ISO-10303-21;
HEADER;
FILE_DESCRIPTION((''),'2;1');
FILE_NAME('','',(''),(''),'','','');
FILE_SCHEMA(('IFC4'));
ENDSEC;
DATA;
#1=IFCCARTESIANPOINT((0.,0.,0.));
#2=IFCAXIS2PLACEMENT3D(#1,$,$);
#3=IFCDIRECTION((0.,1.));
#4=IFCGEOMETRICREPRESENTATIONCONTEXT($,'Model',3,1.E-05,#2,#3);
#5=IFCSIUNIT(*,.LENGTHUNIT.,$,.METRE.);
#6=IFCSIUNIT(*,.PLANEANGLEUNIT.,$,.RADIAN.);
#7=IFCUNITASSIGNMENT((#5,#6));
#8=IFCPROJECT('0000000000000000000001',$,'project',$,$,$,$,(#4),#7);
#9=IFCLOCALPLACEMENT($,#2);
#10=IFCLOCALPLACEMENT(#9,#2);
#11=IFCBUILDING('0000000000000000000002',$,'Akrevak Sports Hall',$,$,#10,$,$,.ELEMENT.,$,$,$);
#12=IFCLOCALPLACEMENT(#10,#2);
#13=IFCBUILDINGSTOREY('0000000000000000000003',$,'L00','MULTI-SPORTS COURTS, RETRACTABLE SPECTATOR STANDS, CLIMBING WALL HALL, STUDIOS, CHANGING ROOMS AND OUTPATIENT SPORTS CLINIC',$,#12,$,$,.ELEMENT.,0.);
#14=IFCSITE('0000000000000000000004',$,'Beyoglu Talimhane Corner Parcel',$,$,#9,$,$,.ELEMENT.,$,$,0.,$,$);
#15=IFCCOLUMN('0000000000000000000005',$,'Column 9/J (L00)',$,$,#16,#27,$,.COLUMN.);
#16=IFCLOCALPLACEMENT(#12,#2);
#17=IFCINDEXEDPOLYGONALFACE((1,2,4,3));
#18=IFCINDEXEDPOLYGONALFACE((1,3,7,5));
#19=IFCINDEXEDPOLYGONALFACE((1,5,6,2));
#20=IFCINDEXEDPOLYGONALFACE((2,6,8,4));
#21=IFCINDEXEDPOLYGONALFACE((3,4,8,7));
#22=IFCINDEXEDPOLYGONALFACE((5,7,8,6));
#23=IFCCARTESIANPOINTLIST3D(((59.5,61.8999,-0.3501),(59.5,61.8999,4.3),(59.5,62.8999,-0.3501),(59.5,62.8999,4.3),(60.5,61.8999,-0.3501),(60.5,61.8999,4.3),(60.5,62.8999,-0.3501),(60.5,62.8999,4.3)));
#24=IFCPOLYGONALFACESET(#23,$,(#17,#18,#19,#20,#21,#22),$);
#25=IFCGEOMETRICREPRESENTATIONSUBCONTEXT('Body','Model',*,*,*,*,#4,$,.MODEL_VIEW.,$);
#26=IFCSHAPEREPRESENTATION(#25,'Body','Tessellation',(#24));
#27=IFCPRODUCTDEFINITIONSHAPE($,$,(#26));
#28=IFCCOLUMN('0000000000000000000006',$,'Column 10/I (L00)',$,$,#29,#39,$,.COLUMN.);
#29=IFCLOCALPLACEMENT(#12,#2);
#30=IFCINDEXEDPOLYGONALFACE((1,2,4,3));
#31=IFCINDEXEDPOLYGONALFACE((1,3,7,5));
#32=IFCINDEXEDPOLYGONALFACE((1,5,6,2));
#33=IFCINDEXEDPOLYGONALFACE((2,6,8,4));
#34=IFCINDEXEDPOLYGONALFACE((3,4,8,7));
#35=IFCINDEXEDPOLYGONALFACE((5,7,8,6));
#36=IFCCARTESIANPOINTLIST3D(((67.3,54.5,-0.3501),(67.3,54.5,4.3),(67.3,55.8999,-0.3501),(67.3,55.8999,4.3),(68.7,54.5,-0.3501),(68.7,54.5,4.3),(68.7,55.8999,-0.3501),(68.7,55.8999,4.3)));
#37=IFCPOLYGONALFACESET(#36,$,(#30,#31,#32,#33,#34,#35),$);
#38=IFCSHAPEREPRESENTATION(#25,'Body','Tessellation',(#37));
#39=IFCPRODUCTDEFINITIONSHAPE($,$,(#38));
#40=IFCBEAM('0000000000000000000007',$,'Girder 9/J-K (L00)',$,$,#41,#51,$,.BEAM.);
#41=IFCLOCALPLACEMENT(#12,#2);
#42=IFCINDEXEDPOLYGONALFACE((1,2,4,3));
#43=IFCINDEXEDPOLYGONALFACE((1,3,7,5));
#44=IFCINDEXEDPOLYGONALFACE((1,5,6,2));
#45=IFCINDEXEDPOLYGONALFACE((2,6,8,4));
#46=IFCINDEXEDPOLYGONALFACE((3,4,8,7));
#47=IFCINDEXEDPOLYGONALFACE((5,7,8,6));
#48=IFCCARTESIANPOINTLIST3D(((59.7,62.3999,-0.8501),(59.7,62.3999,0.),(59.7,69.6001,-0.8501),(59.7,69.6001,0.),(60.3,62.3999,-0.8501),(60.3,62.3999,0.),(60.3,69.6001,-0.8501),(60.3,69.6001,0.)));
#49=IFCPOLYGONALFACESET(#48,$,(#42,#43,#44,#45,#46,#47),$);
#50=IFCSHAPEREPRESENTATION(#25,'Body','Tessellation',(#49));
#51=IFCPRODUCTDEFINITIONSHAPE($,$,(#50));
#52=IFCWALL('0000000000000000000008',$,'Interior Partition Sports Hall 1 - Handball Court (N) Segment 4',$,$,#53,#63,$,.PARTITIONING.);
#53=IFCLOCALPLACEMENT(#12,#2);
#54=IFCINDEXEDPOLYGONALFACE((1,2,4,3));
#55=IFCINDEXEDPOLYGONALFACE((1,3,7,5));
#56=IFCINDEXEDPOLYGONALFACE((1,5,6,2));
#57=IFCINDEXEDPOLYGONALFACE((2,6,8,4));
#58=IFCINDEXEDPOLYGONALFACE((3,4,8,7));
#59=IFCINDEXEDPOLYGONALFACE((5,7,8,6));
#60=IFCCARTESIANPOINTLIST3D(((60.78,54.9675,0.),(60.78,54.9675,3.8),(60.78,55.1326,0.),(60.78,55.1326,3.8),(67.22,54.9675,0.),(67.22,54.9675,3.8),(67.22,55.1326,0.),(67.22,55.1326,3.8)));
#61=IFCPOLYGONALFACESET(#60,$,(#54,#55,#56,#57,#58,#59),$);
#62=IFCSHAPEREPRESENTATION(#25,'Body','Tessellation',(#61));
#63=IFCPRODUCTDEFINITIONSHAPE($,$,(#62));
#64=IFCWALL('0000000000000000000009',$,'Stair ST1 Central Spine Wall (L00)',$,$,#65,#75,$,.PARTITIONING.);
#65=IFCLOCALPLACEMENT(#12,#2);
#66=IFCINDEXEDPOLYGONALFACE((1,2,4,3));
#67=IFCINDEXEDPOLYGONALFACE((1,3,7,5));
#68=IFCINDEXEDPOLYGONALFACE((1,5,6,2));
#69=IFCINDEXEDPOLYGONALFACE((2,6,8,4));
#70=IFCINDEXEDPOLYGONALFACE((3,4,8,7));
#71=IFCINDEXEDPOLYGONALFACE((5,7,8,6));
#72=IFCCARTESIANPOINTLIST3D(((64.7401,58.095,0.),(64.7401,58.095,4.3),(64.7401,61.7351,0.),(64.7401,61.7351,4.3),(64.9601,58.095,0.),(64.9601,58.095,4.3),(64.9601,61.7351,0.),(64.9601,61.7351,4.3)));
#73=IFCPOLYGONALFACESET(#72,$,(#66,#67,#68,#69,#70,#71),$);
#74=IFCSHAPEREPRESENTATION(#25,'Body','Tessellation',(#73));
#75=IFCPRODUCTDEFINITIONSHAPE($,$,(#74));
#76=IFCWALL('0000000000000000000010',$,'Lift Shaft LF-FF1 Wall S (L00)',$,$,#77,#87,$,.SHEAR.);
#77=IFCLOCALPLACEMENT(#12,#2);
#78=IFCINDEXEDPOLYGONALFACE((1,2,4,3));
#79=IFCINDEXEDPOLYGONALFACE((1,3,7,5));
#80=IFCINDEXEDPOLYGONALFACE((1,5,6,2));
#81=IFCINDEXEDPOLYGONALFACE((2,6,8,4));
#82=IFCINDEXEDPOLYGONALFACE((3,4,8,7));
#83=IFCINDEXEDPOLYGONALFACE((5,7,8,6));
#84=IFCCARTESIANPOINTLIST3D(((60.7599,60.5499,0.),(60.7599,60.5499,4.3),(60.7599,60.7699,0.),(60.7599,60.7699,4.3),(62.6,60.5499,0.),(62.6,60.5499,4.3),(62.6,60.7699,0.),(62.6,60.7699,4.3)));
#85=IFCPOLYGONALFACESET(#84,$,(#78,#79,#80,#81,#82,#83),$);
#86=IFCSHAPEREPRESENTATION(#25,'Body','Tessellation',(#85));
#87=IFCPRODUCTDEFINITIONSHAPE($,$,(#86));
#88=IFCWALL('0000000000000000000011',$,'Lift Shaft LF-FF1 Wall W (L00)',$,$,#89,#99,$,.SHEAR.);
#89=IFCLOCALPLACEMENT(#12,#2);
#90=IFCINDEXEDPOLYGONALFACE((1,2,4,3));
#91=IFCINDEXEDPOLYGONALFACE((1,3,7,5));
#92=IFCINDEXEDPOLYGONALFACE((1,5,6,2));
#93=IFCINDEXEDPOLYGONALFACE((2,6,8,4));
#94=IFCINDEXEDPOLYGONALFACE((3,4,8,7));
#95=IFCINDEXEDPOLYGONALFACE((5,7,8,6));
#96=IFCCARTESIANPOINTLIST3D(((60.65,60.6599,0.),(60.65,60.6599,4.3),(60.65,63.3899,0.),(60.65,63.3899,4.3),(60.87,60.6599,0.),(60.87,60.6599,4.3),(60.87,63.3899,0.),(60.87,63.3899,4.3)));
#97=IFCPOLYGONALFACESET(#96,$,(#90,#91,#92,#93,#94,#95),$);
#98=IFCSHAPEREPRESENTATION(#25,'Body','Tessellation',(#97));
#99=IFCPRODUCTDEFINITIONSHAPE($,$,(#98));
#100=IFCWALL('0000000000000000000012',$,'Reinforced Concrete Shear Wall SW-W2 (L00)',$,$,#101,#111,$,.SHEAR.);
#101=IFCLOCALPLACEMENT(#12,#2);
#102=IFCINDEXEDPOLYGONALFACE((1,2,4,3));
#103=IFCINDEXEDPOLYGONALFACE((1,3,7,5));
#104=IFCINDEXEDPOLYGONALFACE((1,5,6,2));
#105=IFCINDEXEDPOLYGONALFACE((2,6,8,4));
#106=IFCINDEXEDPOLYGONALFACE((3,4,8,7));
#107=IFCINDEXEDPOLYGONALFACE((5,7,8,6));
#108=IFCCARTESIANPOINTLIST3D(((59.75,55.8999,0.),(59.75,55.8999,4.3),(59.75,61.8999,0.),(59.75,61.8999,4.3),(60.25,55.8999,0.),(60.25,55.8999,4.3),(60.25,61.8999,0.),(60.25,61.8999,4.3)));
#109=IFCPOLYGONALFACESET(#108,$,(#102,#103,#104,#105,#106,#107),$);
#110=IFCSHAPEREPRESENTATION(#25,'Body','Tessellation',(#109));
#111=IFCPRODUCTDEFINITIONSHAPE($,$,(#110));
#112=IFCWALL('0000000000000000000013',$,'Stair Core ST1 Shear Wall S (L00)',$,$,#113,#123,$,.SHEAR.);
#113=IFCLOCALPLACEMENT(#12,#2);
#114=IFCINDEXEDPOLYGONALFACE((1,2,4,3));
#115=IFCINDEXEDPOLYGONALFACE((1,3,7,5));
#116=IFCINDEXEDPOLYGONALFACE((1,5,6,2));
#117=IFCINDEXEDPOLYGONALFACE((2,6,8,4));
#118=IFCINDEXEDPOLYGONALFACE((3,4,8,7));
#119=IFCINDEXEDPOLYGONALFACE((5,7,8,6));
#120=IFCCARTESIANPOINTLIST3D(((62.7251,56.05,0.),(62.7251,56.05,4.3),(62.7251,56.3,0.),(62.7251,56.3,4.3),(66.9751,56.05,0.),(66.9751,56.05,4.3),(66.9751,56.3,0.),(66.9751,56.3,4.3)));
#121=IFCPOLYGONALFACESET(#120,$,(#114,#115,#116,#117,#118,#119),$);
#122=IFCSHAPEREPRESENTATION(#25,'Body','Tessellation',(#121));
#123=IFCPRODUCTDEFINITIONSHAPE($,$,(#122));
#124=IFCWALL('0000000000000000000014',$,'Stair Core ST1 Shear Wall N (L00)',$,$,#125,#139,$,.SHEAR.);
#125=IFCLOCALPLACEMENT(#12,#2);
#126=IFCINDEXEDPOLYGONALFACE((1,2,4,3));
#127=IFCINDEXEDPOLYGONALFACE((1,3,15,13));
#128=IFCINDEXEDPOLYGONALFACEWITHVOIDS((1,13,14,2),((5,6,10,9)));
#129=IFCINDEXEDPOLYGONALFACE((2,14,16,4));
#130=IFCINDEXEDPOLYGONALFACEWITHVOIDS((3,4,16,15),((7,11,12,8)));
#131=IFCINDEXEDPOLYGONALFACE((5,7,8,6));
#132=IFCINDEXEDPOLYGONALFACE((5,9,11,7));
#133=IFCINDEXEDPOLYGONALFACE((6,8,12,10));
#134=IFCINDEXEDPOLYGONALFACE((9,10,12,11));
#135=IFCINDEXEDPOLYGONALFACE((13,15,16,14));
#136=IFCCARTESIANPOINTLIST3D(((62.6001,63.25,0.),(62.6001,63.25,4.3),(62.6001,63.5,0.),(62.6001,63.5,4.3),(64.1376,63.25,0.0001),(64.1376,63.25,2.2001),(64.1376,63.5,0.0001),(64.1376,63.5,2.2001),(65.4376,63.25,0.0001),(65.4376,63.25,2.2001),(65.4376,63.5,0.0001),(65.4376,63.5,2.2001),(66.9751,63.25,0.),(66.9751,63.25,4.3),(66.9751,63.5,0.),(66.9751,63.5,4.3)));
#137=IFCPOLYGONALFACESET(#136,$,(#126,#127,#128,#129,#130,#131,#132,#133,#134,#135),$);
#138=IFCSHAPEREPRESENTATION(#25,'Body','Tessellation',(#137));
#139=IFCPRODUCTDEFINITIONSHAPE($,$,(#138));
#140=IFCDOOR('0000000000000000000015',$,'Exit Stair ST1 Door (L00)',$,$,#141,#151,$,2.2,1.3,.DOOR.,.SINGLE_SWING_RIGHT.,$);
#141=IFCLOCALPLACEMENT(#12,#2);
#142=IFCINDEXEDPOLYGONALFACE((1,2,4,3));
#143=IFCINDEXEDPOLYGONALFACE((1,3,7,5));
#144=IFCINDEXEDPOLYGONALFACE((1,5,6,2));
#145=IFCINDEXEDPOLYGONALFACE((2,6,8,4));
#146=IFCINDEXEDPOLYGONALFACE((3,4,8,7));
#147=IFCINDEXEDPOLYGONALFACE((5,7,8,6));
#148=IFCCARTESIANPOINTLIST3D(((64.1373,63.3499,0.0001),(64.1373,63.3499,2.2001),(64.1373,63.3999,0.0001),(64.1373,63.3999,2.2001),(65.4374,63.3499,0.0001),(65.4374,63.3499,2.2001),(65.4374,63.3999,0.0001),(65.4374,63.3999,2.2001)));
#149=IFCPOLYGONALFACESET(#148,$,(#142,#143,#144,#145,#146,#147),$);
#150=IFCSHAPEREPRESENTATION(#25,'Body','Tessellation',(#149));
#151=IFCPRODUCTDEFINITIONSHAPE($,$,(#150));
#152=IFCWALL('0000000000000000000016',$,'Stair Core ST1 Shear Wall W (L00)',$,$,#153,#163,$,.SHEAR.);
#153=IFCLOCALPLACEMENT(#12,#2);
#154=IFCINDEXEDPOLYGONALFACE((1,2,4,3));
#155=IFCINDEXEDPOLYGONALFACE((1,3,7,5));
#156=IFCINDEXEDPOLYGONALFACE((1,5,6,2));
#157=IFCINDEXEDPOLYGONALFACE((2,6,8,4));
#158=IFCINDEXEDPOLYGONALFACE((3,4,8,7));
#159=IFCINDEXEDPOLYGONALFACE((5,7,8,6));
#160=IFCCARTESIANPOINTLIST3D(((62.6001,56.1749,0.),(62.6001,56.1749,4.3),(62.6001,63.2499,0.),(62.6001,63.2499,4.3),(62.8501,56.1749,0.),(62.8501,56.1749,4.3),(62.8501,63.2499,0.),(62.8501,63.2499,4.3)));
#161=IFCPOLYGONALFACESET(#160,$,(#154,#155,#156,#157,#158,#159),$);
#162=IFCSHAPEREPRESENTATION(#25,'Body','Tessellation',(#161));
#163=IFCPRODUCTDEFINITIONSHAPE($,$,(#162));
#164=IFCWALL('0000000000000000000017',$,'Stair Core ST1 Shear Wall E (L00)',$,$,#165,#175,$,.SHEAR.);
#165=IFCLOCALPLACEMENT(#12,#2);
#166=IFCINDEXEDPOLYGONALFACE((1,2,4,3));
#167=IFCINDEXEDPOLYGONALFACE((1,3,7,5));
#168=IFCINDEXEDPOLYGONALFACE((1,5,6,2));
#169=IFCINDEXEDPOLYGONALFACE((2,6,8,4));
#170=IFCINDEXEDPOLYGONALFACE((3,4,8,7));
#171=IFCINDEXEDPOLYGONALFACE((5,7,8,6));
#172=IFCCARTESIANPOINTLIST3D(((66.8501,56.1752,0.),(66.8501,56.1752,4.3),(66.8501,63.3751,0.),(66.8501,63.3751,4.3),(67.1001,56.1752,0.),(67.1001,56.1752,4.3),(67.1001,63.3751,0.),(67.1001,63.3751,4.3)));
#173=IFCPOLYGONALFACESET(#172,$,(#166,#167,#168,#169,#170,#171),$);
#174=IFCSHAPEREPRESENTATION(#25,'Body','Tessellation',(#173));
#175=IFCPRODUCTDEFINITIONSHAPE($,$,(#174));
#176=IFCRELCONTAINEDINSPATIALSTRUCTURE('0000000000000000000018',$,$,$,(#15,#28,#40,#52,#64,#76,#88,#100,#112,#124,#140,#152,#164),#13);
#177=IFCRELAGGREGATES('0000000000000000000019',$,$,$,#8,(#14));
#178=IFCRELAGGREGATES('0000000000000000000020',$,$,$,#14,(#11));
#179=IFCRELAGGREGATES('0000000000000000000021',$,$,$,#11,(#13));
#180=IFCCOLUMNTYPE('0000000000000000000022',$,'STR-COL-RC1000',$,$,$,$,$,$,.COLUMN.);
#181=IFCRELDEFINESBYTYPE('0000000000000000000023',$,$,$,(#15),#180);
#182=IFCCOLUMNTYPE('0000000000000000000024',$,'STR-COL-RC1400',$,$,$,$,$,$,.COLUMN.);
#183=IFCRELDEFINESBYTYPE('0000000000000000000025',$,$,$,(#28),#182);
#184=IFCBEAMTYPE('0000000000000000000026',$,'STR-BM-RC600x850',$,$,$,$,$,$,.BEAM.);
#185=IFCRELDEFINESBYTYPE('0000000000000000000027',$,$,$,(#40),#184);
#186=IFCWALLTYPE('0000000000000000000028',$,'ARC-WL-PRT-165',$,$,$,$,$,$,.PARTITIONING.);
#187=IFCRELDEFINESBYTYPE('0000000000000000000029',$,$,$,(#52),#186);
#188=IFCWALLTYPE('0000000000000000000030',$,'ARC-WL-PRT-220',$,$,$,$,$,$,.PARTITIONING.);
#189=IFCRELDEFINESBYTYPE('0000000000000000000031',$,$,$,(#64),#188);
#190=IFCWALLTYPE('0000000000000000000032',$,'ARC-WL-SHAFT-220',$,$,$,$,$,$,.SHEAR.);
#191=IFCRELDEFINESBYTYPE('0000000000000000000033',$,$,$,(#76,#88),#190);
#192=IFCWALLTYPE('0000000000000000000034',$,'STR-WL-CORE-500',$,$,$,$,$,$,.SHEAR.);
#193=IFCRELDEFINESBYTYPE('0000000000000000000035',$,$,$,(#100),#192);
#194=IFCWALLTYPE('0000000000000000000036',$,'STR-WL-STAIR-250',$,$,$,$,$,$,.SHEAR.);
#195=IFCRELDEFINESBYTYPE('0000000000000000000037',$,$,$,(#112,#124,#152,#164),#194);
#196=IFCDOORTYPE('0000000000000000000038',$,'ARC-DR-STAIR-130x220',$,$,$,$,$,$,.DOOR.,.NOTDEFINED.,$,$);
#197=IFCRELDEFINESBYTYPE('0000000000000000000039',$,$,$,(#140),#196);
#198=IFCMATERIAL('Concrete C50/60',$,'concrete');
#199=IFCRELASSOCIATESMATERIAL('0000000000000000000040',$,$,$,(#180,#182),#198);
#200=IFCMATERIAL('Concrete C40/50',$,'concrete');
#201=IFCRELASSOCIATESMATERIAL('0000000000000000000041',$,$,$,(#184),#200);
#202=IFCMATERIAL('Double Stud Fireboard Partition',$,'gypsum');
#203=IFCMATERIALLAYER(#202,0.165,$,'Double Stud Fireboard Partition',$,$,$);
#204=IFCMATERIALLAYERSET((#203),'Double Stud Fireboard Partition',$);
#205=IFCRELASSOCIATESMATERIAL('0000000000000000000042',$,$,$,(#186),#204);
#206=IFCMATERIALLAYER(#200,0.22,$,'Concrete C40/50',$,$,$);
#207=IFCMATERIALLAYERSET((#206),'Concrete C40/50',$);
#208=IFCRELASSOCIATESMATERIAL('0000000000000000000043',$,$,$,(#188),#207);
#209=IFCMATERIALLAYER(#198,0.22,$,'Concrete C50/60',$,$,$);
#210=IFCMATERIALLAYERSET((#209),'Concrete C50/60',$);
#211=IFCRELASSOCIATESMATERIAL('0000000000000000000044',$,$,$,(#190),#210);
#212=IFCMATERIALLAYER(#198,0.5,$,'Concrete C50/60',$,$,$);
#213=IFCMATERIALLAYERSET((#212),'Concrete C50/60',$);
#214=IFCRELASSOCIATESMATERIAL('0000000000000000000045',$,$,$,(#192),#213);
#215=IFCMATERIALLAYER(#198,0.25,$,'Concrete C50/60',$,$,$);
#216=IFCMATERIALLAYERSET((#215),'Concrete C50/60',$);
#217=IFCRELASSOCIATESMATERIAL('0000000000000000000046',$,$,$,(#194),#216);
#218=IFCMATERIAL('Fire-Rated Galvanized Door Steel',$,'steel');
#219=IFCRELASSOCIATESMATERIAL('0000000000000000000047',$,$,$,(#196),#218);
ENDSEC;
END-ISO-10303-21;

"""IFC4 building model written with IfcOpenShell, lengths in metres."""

from ifc_helpers import new_model, si_unit, direction, frame, frame_2d, origin, origin_2d, place, context, subcontext, project, spatial, rectangle, extrude, material, layer, layer_set, material_profile, profile_set, type_object, element, fill, save


model = new_model("IFC4")

# Units and contexts
model_context = context("Model", 3, precision=1e-05, world=origin(), true_north=direction((0.0, 1.0)))
body_context = subcontext(model_context, "Body", "Model", "MODEL_VIEW")
ifc_project = project(units=[si_unit("LENGTHUNIT", "METRE"), si_unit("PLANEANGLEUNIT", "RADIAN")], contexts=[model_context])

# Site, building, storey
site_placement = place(None, origin())
site = spatial("IfcSite", under=ifc_project, at=site_placement, Name="Beyoglu Talimhane Corner Parcel", CompositionType="ELEMENT", RefElevation=0.0)
building_placement = place(site_placement, origin())
building = spatial("IfcBuilding", under=site, at=building_placement, Name="Akrevak Sports Hall", CompositionType="ELEMENT")
storey_placement = place(building_placement, origin())
storey = spatial("IfcBuildingStorey", under=building, at=storey_placement, Name="L00", Description="MULTI-SPORTS COURTS, RETRACTABLE SPECTATOR STANDS, CLIMBING WALL HALL, STUDIOS, CHANGING ROOMS AND OUTPATIENT SPORTS CLINIC", CompositionType="ELEMENT", Elevation=0.0)

# Columns
ifc_material_1 = material(Name="Concrete C50/60", Category="concrete")
ifc_material_profile_1 = material_profile(ifc_material_1, rectangle(XDim=1.0, YDim=1.0, at=origin_2d()), Name="RC 1000x1000", Category="concrete")
ifc_profile_set_1 = profile_set([ifc_material_profile_1], Name="Concrete C50/60")
column_type_1 = type_object("IfcColumnType", Name="STR-COL-RC1000", PredefinedType="COLUMN", material=ifc_profile_set_1)
column_1_placement = place(storey_placement, frame((60.0, 62.3999, -0.3501), z_axis=(0.0, 0.0, 1.0), x_axis=(1.0, 0.0, 0.0)))
element("IfcColumn", 1, at=column_1_placement, inside=storey, type_object=column_type_1, Name="Column 9/J (L00)", PredefinedType="COLUMN", context=body_context, shape_type="SweptSolid", body=[
    extrude(rectangle(XDim=1.0, YDim=1.0, at=origin_2d()), origin(), (0.0, 0.0, 1.0), 4.6501),
])
ifc_material_profile_2 = material_profile(ifc_material_1, rectangle(XDim=1.3999, YDim=1.3999, at=origin_2d()), Name="RC 1400x1400", Category="concrete")
ifc_profile_set_2 = profile_set([ifc_material_profile_2], Name="Concrete C50/60")
column_type_2 = type_object("IfcColumnType", Name="STR-COL-RC1400", PredefinedType="COLUMN", material=ifc_profile_set_2)
column_2_placement = place(storey_placement, frame((68.0, 55.2, -0.3501), z_axis=(0.0, 0.0, 1.0), x_axis=(1.0, 0.0, 0.0)))
element("IfcColumn", 2, at=column_2_placement, inside=storey, type_object=column_type_2, Name="Column 10/I (L00)", PredefinedType="COLUMN", context=body_context, shape_type="SweptSolid", body=[
    extrude(rectangle(XDim=1.3999, YDim=1.3999, at=origin_2d()), origin(), (0.0, 0.0, 1.0), 4.6501),
])

# Beam
ifc_material_2 = material(Name="Concrete C40/50", Category="concrete")
ifc_material_profile_3 = material_profile(ifc_material_2, rectangle(XDim=0.6001, YDim=0.8501, at=origin_2d()), Name="BM 600x850", Category="concrete")
ifc_profile_set_3 = profile_set([ifc_material_profile_3], Name="Concrete C40/50")
beam_type = type_object("IfcBeamType", Name="STR-BM-RC600x850", PredefinedType="BEAM", material=ifc_profile_set_3)
beam_placement = place(storey_placement, frame((60.0, 62.3999, -0.425), z_axis=(0.0, 1.0, 0.0), x_axis=(-1.0, 0.0, 0.0)))
element("IfcBeam", 3, at=beam_placement, inside=storey, type_object=beam_type, Name="Girder 9/J-K (L00)", PredefinedType="BEAM", context=body_context, shape_type="SweptSolid", body=[
    extrude(rectangle(XDim=0.6001, YDim=0.8501, at=origin_2d()), origin(), (0.0, 0.0, 1.0), 7.2002),
])

# Walls
ifc_material_3 = material(Name="Double Stud Fireboard Partition", Category="gypsum")
ifc_layer_1 = layer(ifc_material_3, 0.165, Name="Double Stud Fireboard Partition")
ifc_layer_set_1 = layer_set([ifc_layer_1], Name="Double Stud Fireboard Partition")
wall_type_1 = type_object("IfcWallType", Name="ARC-WL-PRT-165", PredefinedType="PARTITIONING", material=ifc_layer_set_1)
wall_1_placement = place(storey_placement, frame((60.78, 55.05, 0.0), z_axis=(0.0, 0.0, 1.0), x_axis=(1.0, 0.0, 0.0)))
element("IfcWall", 4, at=wall_1_placement, inside=storey, type_object=wall_type_1, Name="Interior Partition Sports Hall 1 - Handball Court (N) Segment 4", PredefinedType="PARTITIONING", context=body_context, shape_type="SweptSolid", body=[
    extrude(rectangle(XDim=6.4399, YDim=0.165, at=frame_2d((3.22, 0.0))), origin(), (0.0, 0.0, 1.0), 3.8),
])
ifc_layer_2 = layer(ifc_material_2, 0.22, Name="Concrete C40/50")
ifc_layer_set_2 = layer_set([ifc_layer_2], Name="Concrete C40/50")
wall_type_2 = type_object("IfcWallType", Name="ARC-WL-PRT-220", PredefinedType="PARTITIONING", material=ifc_layer_set_2)
wall_2_placement = place(storey_placement, frame((64.8501, 58.095, 0.0), z_axis=(0.0, 0.0, 1.0), x_axis=(0.0, 1.0, 0.0)))
element("IfcWall", 5, at=wall_2_placement, inside=storey, type_object=wall_type_2, Name="Stair ST1 Central Spine Wall (L00)", PredefinedType="PARTITIONING", context=body_context, shape_type="SweptSolid", body=[
    extrude(rectangle(XDim=3.6401, YDim=0.22, at=frame_2d((1.8201, 0.0))), origin(), (0.0, 0.0, 1.0), 4.3),
])
ifc_layer_3 = layer(ifc_material_1, 0.22, Name="Concrete C50/60")
ifc_layer_set_3 = layer_set([ifc_layer_3], Name="Concrete C50/60")
wall_type_3 = type_object("IfcWallType", Name="ARC-WL-SHAFT-220", PredefinedType="SHEAR", material=ifc_layer_set_3)
wall_3_placement = place(storey_placement, frame((60.76, 60.6599, 0.0), z_axis=(0.0, 0.0, 1.0), x_axis=(1.0, 0.0, 0.0)))
element("IfcWall", 6, at=wall_3_placement, inside=storey, type_object=wall_type_3, Name="Lift Shaft LF-FF1 Wall S (L00)", PredefinedType="SHEAR", context=body_context, shape_type="SweptSolid", body=[
    extrude(rectangle(XDim=1.8401, YDim=0.22, at=frame_2d((0.9199, 0.0))), origin(), (0.0, 0.0, 1.0), 4.3),
])
wall_4_placement = place(storey_placement, frame((60.76, 63.3899, 0.0), z_axis=(0.0, 0.0, 1.0), x_axis=(0.0, -1.0, 0.0)))
element("IfcWall", 7, at=wall_4_placement, inside=storey, type_object=wall_type_3, Name="Lift Shaft LF-FF1 Wall W (L00)", PredefinedType="SHEAR", context=body_context, shape_type="SweptSolid", body=[
    extrude(rectangle(XDim=2.73, YDim=0.22, at=frame_2d((1.365, 0.0))), origin(), (0.0, 0.0, 1.0), 4.3),
])
ifc_layer_4 = layer(ifc_material_1, 0.5, Name="Concrete C50/60")
ifc_layer_set_4 = layer_set([ifc_layer_4], Name="Concrete C50/60")
wall_type_4 = type_object("IfcWallType", Name="STR-WL-CORE-500", PredefinedType="SHEAR", material=ifc_layer_set_4)
wall_5_placement = place(storey_placement, frame((60.0, 55.8999, 0.0), z_axis=(0.0, 0.0, 1.0), x_axis=(0.0, 1.0, 0.0)))
element("IfcWall", 8, at=wall_5_placement, inside=storey, type_object=wall_type_4, Name="Reinforced Concrete Shear Wall SW-W2 (L00)", PredefinedType="SHEAR", context=body_context, shape_type="SweptSolid", body=[
    extrude(rectangle(XDim=6.0, YDim=0.5, at=frame_2d((3.0, 0.0))), origin(), (0.0, 0.0, 1.0), 4.3),
])
ifc_layer_5 = layer(ifc_material_1, 0.25, Name="Concrete C50/60")
ifc_layer_set_5 = layer_set([ifc_layer_5], Name="Concrete C50/60")
wall_type_5 = type_object("IfcWallType", Name="STR-WL-STAIR-250", PredefinedType="SHEAR", material=ifc_layer_set_5)
wall_6_placement = place(storey_placement, frame((62.7251, 56.175, 0.0), z_axis=(0.0, 0.0, 1.0), x_axis=(1.0, 0.0, 0.0)))
element("IfcWall", 9, at=wall_6_placement, inside=storey, type_object=wall_type_5, Name="Stair Core ST1 Shear Wall S (L00)", PredefinedType="SHEAR", context=body_context, shape_type="SweptSolid", body=[
    extrude(rectangle(XDim=4.25, YDim=0.25, at=frame_2d((2.125, 0.0))), origin(), (0.0, 0.0, 1.0), 4.3),
])

# Wall, opening, door
wall_7_placement = place(storey_placement, frame((66.9751, 63.375, 0.0), z_axis=(0.0, 0.0, 1.0), x_axis=(-1.0, 0.0, 0.0)))
wall_7 = element("IfcWall", 10, at=wall_7_placement, inside=storey, type_object=wall_type_5, Name="Stair Core ST1 Shear Wall N (L00)", PredefinedType="SHEAR", context=body_context, shape_type="SweptSolid", body=[
    extrude(rectangle(XDim=4.375, YDim=0.25, at=frame_2d((2.1875, 0.0))), origin(), (0.0, 0.0, 1.0), 4.3),
])
opening_placement = place(wall_7_placement, frame((1.5376, 0.0, 0.0)))
opening = element("IfcOpeningElement", 11, at=opening_placement, cuts=wall_7, PredefinedType="OPENING", context=body_context, shape_type="SweptSolid", body=[
    extrude(rectangle(XDim=1.3, YDim=2.2, at=frame_2d((0.6499, 1.1001))), frame((0.0, 0.137, 0.0), z_axis=(0.0, -1.0, 0.0), x_axis=(1.0, 0.0, 0.0)), (0.0, 0.0, 1.0), 0.2739),
])
ifc_material_4 = material(Name="Fire-Rated Galvanized Door Steel", Category="steel")
door_type = type_object("IfcDoorType", Name="ARC-DR-STAIR-130x220", OperationType="NOTDEFINED", PredefinedType="DOOR", material=ifc_material_4)
door_placement = place(opening_placement, frame((1.3, 0.0, 0.0), z_axis=(0.0, 0.0, 1.0), x_axis=(-1.0, 0.0, 0.0)))
door = element("IfcDoor", 12, at=door_placement, inside=storey, type_object=door_type, Name="Exit Stair ST1 Door (L00)", OperationType="SINGLE_SWING_RIGHT", OverallHeight=2.2, OverallWidth=1.3, PredefinedType="DOOR", context=body_context, shape_type="SweptSolid", body=[
    extrude(rectangle(XDim=1.3, YDim=2.2, at=frame_2d((0.6499, 1.1001))), frame((0.0, 0.0249, 0.0), z_axis=(0.0, -1.0, 0.0), x_axis=(1.0, 0.0, 0.0)), (0.0, 0.0, 1.0), 0.05),
])
fill(opening, door)

# Walls
wall_8_placement = place(storey_placement, frame((62.7251, 63.25, 0.0), z_axis=(0.0, 0.0, 1.0), x_axis=(0.0, -1.0, 0.0)))
element("IfcWall", 13, at=wall_8_placement, inside=storey, type_object=wall_type_5, Name="Stair Core ST1 Shear Wall W (L00)", PredefinedType="SHEAR", context=body_context, shape_type="SweptSolid", body=[
    extrude(rectangle(XDim=7.075, YDim=0.25, at=frame_2d((3.5376, 0.0))), origin(), (0.0, 0.0, 1.0), 4.3),
])
wall_9_placement = place(storey_placement, frame((66.9751, 56.175, 0.0), z_axis=(0.0, 0.0, 1.0), x_axis=(0.0, 1.0, 0.0)))
element("IfcWall", 14, at=wall_9_placement, inside=storey, type_object=wall_type_5, Name="Stair Core ST1 Shear Wall E (L00)", PredefinedType="SHEAR", context=body_context, shape_type="SweptSolid", body=[
    extrude(rectangle(XDim=7.2, YDim=0.25, at=frame_2d((3.6001, 0.0))), origin(), (0.0, 0.0, 1.0), 4.3),
])

save(model, "model.ifc")
